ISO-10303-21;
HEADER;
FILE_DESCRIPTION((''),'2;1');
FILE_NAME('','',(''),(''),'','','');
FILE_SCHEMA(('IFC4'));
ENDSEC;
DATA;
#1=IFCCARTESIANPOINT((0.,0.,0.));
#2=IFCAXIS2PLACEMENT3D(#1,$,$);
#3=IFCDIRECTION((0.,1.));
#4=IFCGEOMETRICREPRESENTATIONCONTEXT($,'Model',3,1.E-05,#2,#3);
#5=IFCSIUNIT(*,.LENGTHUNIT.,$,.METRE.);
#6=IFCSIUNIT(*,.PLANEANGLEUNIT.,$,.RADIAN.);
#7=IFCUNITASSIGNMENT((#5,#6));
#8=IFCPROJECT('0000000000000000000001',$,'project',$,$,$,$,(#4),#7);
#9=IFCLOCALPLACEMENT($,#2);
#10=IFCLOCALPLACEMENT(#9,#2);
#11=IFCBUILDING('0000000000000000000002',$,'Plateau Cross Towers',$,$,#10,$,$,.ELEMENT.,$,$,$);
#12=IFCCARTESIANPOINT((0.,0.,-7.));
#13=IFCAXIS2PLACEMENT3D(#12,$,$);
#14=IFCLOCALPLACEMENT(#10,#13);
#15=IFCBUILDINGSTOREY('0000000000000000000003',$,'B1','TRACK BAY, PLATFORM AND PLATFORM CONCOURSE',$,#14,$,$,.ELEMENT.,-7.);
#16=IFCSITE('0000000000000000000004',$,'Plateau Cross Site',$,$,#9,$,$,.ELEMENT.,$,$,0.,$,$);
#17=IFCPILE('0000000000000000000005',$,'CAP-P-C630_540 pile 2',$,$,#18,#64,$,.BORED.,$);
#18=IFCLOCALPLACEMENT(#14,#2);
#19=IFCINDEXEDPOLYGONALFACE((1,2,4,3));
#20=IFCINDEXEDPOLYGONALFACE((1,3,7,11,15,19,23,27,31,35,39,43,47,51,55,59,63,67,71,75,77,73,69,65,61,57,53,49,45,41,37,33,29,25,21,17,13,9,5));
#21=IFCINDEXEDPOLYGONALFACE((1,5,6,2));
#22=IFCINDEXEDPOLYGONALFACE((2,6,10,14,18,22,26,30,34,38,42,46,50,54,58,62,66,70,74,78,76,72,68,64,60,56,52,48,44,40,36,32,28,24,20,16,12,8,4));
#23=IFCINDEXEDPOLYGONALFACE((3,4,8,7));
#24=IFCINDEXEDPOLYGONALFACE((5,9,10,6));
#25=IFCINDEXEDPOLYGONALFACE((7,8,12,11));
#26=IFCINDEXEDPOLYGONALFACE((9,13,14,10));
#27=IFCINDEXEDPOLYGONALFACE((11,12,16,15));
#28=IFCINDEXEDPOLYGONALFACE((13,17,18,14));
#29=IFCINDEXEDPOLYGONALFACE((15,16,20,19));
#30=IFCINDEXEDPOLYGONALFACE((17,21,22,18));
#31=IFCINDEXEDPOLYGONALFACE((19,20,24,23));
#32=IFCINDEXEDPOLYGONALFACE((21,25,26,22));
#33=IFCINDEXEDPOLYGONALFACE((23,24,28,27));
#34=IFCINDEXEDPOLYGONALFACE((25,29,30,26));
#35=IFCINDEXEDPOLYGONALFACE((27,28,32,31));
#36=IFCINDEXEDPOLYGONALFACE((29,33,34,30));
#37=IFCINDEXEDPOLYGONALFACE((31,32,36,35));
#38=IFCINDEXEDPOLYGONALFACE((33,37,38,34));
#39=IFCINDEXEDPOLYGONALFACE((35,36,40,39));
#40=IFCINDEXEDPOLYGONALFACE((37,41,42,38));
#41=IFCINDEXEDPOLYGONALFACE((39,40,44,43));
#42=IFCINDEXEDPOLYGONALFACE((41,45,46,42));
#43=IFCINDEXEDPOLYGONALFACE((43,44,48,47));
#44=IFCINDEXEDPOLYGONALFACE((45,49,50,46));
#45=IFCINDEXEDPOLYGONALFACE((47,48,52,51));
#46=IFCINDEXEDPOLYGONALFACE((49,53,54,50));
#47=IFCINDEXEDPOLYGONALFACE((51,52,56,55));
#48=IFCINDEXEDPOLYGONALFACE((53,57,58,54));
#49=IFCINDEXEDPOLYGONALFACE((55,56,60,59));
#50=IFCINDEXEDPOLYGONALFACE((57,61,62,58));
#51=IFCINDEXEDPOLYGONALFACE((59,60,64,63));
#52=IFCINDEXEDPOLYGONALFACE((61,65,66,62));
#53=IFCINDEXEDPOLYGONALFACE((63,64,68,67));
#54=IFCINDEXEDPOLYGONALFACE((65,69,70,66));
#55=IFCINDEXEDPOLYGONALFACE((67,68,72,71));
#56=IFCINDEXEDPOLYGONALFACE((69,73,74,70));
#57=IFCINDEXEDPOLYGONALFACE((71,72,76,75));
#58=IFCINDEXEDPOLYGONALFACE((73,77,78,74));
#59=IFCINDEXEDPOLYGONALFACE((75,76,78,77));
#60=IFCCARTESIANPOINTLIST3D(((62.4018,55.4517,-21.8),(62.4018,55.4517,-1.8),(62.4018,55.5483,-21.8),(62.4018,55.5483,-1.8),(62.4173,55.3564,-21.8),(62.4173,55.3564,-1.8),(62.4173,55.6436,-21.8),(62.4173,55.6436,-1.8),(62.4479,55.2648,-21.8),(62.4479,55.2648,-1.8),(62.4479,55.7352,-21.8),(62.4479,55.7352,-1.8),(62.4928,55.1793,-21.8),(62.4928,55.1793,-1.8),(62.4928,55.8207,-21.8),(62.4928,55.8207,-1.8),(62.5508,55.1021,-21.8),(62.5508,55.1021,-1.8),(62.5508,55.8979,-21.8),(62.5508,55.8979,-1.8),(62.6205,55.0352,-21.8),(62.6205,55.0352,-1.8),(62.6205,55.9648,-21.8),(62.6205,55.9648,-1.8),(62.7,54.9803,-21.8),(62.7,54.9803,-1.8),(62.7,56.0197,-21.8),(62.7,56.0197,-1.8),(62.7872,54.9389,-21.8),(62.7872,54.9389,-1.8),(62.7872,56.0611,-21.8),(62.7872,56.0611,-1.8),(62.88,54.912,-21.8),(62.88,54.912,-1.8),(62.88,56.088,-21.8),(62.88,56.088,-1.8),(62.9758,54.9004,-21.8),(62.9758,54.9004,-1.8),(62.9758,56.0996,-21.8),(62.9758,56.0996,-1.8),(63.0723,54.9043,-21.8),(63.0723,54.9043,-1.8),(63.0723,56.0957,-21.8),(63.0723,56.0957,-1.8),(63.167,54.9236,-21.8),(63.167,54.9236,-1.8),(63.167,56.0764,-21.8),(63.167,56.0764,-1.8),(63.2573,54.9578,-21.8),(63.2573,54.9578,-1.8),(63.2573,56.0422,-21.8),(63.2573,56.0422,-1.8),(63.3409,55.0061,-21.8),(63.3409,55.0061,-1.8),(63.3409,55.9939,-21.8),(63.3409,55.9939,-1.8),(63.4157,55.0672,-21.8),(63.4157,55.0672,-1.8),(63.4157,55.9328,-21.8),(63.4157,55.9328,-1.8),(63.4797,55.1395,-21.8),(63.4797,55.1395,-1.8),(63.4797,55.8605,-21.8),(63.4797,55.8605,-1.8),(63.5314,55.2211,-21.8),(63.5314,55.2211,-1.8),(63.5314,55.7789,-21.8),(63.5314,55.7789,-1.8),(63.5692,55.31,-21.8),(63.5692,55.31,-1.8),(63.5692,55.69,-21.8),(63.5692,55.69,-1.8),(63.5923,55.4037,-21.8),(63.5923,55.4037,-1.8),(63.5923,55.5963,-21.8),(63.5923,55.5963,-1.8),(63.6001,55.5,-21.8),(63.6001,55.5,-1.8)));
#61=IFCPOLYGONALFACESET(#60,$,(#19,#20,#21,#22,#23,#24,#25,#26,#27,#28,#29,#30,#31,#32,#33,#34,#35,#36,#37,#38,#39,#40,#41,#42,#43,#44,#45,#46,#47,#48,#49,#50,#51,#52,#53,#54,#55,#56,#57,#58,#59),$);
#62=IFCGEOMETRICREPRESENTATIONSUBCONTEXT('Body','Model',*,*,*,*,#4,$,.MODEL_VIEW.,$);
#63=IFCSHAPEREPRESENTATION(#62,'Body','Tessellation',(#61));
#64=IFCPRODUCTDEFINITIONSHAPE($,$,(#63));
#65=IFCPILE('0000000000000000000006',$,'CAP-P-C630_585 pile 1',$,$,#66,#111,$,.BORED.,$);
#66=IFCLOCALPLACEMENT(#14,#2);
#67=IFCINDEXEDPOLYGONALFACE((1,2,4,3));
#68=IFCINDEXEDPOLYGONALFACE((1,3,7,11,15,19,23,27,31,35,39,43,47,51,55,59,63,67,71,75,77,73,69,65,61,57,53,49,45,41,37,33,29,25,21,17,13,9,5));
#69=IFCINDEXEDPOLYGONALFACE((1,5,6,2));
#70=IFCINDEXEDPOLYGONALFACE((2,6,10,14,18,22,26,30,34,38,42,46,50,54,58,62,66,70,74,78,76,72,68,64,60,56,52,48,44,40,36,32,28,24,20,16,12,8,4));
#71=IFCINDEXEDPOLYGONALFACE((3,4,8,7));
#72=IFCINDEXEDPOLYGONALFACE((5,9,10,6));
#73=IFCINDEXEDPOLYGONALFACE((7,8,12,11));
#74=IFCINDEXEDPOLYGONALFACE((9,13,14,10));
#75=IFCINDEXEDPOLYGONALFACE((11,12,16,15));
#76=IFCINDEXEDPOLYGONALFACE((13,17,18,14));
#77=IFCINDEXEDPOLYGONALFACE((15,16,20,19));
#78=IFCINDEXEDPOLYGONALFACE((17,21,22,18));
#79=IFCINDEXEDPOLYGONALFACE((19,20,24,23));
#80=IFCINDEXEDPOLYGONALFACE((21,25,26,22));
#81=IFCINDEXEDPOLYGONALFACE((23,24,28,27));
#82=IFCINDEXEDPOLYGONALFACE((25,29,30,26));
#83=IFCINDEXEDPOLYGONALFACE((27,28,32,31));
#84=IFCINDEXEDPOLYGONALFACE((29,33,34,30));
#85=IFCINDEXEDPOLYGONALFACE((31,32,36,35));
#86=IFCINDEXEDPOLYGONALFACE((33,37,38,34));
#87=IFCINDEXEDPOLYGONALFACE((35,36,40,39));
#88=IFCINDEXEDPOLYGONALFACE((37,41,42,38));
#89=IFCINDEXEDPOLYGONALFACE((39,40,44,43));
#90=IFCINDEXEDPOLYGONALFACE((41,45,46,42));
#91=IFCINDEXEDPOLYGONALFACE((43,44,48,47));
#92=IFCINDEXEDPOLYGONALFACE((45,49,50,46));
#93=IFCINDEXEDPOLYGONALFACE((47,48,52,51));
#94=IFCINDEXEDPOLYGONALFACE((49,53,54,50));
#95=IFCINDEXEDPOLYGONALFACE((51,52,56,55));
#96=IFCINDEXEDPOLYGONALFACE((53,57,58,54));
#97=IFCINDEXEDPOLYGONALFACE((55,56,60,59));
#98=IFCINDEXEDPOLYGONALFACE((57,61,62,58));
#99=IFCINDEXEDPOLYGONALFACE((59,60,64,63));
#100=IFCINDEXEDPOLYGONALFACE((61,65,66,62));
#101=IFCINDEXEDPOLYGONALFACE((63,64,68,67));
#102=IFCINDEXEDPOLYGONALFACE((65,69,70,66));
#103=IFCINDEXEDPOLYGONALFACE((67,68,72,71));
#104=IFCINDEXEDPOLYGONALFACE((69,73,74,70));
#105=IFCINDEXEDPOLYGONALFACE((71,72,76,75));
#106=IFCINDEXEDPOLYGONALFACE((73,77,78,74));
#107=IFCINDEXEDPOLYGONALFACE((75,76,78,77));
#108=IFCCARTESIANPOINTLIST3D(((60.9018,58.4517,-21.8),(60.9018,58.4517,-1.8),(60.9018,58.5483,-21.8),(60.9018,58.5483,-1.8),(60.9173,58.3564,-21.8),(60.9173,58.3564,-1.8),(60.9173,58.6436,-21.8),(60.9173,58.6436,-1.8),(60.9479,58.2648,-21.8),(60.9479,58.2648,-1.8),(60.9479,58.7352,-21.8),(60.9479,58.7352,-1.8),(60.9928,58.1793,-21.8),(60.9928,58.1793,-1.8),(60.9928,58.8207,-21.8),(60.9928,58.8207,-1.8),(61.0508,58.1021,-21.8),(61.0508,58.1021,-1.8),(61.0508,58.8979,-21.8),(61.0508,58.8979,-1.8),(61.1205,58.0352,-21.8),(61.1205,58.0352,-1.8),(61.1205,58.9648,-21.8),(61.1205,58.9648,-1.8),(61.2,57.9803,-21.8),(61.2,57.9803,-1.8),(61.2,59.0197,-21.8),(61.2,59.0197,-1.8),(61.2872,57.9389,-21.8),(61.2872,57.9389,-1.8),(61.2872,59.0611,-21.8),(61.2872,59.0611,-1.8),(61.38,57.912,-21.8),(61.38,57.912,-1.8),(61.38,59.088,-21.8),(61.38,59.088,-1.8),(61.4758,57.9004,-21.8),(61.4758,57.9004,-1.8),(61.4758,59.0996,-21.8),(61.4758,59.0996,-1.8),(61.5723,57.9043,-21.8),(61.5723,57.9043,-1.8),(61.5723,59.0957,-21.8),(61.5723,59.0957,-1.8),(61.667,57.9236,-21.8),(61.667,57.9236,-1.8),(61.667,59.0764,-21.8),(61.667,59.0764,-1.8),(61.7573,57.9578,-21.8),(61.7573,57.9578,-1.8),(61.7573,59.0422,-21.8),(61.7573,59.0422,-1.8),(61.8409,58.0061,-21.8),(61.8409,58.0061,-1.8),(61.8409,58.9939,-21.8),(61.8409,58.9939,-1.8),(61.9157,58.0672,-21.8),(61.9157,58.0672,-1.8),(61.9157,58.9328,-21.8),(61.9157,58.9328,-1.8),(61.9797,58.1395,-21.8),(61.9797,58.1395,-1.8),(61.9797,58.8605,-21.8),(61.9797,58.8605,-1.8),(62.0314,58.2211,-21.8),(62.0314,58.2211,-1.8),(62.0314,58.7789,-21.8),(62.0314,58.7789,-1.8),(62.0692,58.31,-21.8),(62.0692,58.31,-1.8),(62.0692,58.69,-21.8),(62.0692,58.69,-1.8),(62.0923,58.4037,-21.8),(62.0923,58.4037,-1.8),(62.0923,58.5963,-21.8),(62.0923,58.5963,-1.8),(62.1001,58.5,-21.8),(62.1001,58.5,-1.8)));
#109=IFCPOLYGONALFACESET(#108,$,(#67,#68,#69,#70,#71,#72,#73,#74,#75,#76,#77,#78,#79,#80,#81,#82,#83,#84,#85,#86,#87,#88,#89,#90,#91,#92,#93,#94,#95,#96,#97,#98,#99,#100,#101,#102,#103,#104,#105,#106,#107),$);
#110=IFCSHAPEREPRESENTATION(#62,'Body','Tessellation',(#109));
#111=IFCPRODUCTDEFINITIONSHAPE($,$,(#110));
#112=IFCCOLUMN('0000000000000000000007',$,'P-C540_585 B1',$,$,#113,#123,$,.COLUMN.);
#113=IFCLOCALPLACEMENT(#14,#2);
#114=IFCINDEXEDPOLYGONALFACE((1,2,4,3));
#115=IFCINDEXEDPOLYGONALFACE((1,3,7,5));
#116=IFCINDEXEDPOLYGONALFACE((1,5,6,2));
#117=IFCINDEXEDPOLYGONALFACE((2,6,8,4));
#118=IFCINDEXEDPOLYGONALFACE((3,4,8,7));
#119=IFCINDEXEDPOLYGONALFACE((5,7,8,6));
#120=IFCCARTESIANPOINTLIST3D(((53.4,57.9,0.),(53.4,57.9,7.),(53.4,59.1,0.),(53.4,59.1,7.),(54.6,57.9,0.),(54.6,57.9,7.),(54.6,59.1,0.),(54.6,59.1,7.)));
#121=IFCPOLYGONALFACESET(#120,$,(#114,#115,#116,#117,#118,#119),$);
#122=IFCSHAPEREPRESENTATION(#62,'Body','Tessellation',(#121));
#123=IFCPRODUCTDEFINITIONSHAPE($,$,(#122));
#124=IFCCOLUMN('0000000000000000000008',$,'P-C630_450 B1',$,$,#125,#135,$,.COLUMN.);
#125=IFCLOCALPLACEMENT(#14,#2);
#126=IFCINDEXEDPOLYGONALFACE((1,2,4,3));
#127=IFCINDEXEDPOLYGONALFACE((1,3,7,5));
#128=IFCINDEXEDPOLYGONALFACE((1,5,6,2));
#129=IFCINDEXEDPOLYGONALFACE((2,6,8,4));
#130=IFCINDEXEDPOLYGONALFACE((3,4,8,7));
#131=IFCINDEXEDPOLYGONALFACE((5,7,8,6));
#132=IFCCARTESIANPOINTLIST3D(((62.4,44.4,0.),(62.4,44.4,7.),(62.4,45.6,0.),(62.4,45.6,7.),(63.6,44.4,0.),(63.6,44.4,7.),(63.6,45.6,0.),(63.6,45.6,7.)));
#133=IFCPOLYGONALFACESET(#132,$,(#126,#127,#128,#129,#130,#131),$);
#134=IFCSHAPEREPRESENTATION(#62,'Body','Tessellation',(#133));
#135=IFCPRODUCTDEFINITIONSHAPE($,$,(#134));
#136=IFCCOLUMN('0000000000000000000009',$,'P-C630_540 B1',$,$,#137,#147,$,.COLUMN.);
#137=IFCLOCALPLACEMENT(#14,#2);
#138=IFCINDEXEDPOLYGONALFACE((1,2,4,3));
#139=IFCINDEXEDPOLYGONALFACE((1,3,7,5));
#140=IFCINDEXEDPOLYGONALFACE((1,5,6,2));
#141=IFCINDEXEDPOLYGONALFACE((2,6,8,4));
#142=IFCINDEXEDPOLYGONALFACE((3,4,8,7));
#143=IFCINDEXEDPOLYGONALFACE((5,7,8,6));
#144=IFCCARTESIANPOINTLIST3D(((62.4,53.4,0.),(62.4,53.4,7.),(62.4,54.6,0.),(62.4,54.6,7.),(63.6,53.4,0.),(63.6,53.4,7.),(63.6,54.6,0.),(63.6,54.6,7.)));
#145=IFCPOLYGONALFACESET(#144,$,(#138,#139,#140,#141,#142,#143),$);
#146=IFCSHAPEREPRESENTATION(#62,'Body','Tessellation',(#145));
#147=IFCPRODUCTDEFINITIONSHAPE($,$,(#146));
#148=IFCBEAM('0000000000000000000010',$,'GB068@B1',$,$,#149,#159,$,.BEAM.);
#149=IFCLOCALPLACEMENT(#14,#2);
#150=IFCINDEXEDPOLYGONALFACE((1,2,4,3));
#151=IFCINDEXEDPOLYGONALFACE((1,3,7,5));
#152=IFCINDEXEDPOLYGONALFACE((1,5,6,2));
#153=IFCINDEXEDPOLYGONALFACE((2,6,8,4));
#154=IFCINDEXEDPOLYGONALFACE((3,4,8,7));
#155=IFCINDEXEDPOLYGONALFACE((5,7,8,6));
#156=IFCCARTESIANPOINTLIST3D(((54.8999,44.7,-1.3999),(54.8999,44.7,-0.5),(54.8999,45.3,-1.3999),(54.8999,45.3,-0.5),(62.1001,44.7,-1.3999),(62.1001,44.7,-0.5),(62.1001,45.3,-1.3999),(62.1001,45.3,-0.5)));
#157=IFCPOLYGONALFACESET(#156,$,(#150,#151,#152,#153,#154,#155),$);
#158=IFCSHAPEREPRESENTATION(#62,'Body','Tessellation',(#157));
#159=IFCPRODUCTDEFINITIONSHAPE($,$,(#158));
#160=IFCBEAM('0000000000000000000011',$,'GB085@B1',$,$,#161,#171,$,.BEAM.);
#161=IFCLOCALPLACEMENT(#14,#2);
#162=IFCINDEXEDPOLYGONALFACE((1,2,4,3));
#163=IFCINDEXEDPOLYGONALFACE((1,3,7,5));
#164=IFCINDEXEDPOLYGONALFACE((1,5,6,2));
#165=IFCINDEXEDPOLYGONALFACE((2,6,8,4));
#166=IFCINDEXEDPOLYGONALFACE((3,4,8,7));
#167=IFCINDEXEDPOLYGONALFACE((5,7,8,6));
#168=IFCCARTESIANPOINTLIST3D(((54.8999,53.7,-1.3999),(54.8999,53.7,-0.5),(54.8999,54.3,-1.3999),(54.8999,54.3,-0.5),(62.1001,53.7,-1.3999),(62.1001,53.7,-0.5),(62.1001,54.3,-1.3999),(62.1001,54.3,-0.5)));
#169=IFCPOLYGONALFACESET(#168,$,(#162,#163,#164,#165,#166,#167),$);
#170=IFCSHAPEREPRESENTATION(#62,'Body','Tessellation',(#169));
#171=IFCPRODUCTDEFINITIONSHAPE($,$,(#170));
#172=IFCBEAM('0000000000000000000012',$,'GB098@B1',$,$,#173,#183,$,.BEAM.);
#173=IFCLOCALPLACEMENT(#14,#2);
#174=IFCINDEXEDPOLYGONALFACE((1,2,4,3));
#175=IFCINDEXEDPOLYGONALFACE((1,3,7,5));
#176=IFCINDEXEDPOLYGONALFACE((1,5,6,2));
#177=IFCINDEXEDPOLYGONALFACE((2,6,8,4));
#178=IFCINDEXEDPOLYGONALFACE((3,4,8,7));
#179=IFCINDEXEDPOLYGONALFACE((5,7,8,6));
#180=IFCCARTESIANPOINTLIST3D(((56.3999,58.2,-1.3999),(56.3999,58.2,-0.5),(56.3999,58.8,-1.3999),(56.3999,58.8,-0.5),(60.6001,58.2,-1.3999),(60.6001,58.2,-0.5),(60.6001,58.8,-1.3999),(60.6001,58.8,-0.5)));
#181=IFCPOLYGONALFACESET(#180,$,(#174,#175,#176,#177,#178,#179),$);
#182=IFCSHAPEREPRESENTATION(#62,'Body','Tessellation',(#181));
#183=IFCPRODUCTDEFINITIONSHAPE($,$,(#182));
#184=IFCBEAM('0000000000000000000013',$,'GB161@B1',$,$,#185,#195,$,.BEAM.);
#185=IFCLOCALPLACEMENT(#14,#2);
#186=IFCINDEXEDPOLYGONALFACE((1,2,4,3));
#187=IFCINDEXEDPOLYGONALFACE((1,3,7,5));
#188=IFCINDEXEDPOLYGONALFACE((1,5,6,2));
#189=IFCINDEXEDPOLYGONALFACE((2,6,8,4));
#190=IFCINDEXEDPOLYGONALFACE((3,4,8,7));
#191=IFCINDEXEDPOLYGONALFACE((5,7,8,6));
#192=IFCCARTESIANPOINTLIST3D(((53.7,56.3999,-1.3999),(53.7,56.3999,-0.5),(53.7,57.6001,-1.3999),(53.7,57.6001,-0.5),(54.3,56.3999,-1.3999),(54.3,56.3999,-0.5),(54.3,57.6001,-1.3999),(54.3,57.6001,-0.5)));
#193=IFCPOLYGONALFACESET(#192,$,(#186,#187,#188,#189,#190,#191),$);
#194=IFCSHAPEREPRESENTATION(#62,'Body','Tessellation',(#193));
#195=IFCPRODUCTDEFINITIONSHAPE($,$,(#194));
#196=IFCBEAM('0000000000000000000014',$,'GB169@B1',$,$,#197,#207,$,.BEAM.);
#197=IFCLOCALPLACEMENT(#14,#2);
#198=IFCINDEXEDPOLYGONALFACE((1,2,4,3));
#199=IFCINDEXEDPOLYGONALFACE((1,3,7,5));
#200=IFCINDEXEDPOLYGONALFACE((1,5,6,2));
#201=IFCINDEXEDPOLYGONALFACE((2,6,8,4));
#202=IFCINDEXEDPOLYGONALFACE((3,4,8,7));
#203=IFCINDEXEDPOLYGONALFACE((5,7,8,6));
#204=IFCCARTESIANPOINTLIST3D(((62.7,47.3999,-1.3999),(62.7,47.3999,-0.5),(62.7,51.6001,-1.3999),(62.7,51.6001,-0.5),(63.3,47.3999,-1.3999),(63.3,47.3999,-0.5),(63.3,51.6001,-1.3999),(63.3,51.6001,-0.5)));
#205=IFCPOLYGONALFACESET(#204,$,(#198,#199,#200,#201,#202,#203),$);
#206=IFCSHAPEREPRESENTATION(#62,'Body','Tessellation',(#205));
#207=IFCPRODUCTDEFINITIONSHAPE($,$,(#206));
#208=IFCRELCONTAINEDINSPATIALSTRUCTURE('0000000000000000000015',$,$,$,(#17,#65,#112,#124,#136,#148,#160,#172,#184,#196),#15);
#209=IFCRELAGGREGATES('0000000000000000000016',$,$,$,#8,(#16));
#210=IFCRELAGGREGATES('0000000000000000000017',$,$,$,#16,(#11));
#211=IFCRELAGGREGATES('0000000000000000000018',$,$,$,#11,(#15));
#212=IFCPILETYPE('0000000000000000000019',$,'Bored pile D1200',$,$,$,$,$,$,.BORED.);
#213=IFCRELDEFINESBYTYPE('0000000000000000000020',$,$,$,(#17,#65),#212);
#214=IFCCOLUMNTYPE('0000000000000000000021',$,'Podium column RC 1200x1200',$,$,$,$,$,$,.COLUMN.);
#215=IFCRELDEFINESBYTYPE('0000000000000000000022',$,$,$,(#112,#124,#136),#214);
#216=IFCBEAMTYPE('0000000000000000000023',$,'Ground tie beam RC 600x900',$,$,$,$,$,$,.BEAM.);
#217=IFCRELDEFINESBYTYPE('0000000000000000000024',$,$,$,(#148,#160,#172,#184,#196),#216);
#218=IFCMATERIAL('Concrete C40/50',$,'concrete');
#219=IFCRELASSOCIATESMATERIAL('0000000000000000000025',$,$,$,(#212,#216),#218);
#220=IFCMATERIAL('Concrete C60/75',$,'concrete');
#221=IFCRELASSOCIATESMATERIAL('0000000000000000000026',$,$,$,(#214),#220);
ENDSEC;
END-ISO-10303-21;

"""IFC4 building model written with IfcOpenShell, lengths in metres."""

from ifc_helpers import new_model, si_unit, direction, frame, origin, origin_2d, place, context, subcontext, project, spatial, rectangle, circle, extrude, material, material_profile, profile_set, type_object, element, save


model = new_model("IFC4")

# Units and contexts
model_context = context("Model", 3, precision=1e-05, world=origin(), true_north=direction((0.0, 1.0)))
body_context = subcontext(model_context, "Body", "Model", "MODEL_VIEW")
ifc_project = project(units=[si_unit("LENGTHUNIT", "METRE"), si_unit("PLANEANGLEUNIT", "RADIAN")], contexts=[model_context])

# Site, building, storey
site_placement = place(None, origin())
site = spatial("IfcSite", under=ifc_project, at=site_placement, Name="Plateau Cross Site", CompositionType="ELEMENT", RefElevation=0.0)
building_placement = place(site_placement, origin())
building = spatial("IfcBuilding", under=site, at=building_placement, Name="Plateau Cross Towers", CompositionType="ELEMENT")
storey_placement = place(building_placement, frame((0.0, 0.0, -7.0)))
storey = spatial("IfcBuildingStorey", under=building, at=storey_placement, Name="B1", Description="TRACK BAY, PLATFORM AND PLATFORM CONCOURSE", CompositionType="ELEMENT", Elevation=-7.0)

# Piles
ifc_material_1 = material(Name="Concrete C40/50", Category="concrete")
ifc_material_profile_1 = material_profile(ifc_material_1, circle(Radius=0.6001, at=origin_2d()), Name="Bored pile D1200")
ifc_profile_set_1 = profile_set([ifc_material_profile_1], Name="Concrete C40/50")
pile_type = type_object("IfcPileType", Name="Bored pile D1200", PredefinedType="BORED", material=ifc_profile_set_1)
for number, where, z_axis, x_axis, name in (
    (1, (63.0, 55.5, -1.8), (0.0, 0.0, -1.0), (1.0, 0.0, 0.0), "CAP-P-C630_540 pile 2"),
    (2, (61.5, 58.5, -1.8), (0.0, 0.0, -1.0), (1.0, 0.0, 0.0), "CAP-P-C630_585 pile 1"),
):
    element("IfcPile", number, at=place(storey_placement, frame(where, z_axis=z_axis, x_axis=x_axis)), inside=storey, type_object=pile_type, Name=name, PredefinedType="BORED", context=body_context, shape_type="SweptSolid", body=[
        extrude(circle(Radius=0.6001, at=origin_2d()), origin(), (0.0, 0.0, 1.0), 20.0),
    ])

# Columns
ifc_material_2 = material(Name="Concrete C60/75", Category="concrete")
ifc_material_profile_2 = material_profile(ifc_material_2, rectangle(XDim=1.2, YDim=1.2, at=origin_2d()), Name="RC 1200x1200")
ifc_profile_set_2 = profile_set([ifc_material_profile_2], Name="Concrete C60/75")
column_type = type_object("IfcColumnType", Name="Podium column RC 1200x1200", PredefinedType="COLUMN", material=ifc_profile_set_2)
for number, where, z_axis, x_axis, name in (
    (3, (54.0, 58.5, 0.0), (0.0, 0.0, 1.0), (1.0, 0.0, 0.0), "P-C540_585 B1"),
    (4, (63.0, 45.0, 0.0), (0.0, 0.0, 1.0), (1.0, 0.0, 0.0), "P-C630_450 B1"),
    (5, (63.0, 54.0, 0.0), (0.0, 0.0, 1.0), (1.0, 0.0, 0.0), "P-C630_540 B1"),
):
    element("IfcColumn", number, at=place(storey_placement, frame(where, z_axis=z_axis, x_axis=x_axis)), inside=storey, type_object=column_type, Name=name, PredefinedType="COLUMN", context=body_context, shape_type="SweptSolid", body=[
        extrude(rectangle(XDim=1.2, YDim=1.2, at=origin_2d()), origin(), (0.0, 0.0, 1.0), 7.0),
    ])

# Beams
ifc_material_profile_3 = material_profile(ifc_material_1, rectangle(XDim=0.6001, YDim=0.8999, at=origin_2d()), Name="RC 600x900")
ifc_profile_set_3 = profile_set([ifc_material_profile_3], Name="Concrete C40/50")
beam_type = type_object("IfcBeamType", Name="Ground tie beam RC 600x900", PredefinedType="BEAM", material=ifc_profile_set_3)
for number, where, z_axis, x_axis, name in (
    (6, (54.8999, 45.0, -0.95), (1.0, 0.0, 0.0), (0.0, 1.0, 0.0), "GB068@B1"),
    (7, (54.8999, 54.0, -0.95), (1.0, 0.0, 0.0), (0.0, 1.0, 0.0), "GB085@B1"),
):
    element("IfcBeam", number, at=place(storey_placement, frame(where, z_axis=z_axis, x_axis=x_axis)), inside=storey, type_object=beam_type, Name=name, PredefinedType="BEAM", context=body_context, shape_type="SweptSolid", body=[
        extrude(rectangle(XDim=0.6001, YDim=0.8999, at=origin_2d()), origin(), (0.0, 0.0, 1.0), 7.2002),
    ])
beam_1_placement = place(storey_placement, frame((56.3999, 58.5, -0.95), z_axis=(1.0, 0.0, 0.0), x_axis=(0.0, 1.0, 0.0)))
element("IfcBeam", 8, at=beam_1_placement, inside=storey, type_object=beam_type, Name="GB098@B1", PredefinedType="BEAM", context=body_context, shape_type="SweptSolid", body=[
    extrude(rectangle(XDim=0.6001, YDim=0.8999, at=origin_2d()), origin(), (0.0, 0.0, 1.0), 4.2002),
])
beam_2_placement = place(storey_placement, frame((54.0, 56.3999, -0.95), z_axis=(0.0, 1.0, 0.0), x_axis=(-1.0, 0.0, 0.0)))
element("IfcBeam", 9, at=beam_2_placement, inside=storey, type_object=beam_type, Name="GB161@B1", PredefinedType="BEAM", context=body_context, shape_type="SweptSolid", body=[
    extrude(rectangle(XDim=0.6001, YDim=0.8999, at=origin_2d()), origin(), (0.0, 0.0, 1.0), 1.2002),
])
beam_3_placement = place(storey_placement, frame((63.0, 47.3999, -0.95), z_axis=(0.0, 1.0, 0.0), x_axis=(-1.0, 0.0, 0.0)))
element("IfcBeam", 10, at=beam_3_placement, inside=storey, type_object=beam_type, Name="GB169@B1", PredefinedType="BEAM", context=body_context, shape_type="SweptSolid", body=[
    extrude(rectangle(XDim=0.6001, YDim=0.8999, at=origin_2d()), origin(), (0.0, 0.0, 1.0), 4.2002),
])

save(model, "model.ifc")
